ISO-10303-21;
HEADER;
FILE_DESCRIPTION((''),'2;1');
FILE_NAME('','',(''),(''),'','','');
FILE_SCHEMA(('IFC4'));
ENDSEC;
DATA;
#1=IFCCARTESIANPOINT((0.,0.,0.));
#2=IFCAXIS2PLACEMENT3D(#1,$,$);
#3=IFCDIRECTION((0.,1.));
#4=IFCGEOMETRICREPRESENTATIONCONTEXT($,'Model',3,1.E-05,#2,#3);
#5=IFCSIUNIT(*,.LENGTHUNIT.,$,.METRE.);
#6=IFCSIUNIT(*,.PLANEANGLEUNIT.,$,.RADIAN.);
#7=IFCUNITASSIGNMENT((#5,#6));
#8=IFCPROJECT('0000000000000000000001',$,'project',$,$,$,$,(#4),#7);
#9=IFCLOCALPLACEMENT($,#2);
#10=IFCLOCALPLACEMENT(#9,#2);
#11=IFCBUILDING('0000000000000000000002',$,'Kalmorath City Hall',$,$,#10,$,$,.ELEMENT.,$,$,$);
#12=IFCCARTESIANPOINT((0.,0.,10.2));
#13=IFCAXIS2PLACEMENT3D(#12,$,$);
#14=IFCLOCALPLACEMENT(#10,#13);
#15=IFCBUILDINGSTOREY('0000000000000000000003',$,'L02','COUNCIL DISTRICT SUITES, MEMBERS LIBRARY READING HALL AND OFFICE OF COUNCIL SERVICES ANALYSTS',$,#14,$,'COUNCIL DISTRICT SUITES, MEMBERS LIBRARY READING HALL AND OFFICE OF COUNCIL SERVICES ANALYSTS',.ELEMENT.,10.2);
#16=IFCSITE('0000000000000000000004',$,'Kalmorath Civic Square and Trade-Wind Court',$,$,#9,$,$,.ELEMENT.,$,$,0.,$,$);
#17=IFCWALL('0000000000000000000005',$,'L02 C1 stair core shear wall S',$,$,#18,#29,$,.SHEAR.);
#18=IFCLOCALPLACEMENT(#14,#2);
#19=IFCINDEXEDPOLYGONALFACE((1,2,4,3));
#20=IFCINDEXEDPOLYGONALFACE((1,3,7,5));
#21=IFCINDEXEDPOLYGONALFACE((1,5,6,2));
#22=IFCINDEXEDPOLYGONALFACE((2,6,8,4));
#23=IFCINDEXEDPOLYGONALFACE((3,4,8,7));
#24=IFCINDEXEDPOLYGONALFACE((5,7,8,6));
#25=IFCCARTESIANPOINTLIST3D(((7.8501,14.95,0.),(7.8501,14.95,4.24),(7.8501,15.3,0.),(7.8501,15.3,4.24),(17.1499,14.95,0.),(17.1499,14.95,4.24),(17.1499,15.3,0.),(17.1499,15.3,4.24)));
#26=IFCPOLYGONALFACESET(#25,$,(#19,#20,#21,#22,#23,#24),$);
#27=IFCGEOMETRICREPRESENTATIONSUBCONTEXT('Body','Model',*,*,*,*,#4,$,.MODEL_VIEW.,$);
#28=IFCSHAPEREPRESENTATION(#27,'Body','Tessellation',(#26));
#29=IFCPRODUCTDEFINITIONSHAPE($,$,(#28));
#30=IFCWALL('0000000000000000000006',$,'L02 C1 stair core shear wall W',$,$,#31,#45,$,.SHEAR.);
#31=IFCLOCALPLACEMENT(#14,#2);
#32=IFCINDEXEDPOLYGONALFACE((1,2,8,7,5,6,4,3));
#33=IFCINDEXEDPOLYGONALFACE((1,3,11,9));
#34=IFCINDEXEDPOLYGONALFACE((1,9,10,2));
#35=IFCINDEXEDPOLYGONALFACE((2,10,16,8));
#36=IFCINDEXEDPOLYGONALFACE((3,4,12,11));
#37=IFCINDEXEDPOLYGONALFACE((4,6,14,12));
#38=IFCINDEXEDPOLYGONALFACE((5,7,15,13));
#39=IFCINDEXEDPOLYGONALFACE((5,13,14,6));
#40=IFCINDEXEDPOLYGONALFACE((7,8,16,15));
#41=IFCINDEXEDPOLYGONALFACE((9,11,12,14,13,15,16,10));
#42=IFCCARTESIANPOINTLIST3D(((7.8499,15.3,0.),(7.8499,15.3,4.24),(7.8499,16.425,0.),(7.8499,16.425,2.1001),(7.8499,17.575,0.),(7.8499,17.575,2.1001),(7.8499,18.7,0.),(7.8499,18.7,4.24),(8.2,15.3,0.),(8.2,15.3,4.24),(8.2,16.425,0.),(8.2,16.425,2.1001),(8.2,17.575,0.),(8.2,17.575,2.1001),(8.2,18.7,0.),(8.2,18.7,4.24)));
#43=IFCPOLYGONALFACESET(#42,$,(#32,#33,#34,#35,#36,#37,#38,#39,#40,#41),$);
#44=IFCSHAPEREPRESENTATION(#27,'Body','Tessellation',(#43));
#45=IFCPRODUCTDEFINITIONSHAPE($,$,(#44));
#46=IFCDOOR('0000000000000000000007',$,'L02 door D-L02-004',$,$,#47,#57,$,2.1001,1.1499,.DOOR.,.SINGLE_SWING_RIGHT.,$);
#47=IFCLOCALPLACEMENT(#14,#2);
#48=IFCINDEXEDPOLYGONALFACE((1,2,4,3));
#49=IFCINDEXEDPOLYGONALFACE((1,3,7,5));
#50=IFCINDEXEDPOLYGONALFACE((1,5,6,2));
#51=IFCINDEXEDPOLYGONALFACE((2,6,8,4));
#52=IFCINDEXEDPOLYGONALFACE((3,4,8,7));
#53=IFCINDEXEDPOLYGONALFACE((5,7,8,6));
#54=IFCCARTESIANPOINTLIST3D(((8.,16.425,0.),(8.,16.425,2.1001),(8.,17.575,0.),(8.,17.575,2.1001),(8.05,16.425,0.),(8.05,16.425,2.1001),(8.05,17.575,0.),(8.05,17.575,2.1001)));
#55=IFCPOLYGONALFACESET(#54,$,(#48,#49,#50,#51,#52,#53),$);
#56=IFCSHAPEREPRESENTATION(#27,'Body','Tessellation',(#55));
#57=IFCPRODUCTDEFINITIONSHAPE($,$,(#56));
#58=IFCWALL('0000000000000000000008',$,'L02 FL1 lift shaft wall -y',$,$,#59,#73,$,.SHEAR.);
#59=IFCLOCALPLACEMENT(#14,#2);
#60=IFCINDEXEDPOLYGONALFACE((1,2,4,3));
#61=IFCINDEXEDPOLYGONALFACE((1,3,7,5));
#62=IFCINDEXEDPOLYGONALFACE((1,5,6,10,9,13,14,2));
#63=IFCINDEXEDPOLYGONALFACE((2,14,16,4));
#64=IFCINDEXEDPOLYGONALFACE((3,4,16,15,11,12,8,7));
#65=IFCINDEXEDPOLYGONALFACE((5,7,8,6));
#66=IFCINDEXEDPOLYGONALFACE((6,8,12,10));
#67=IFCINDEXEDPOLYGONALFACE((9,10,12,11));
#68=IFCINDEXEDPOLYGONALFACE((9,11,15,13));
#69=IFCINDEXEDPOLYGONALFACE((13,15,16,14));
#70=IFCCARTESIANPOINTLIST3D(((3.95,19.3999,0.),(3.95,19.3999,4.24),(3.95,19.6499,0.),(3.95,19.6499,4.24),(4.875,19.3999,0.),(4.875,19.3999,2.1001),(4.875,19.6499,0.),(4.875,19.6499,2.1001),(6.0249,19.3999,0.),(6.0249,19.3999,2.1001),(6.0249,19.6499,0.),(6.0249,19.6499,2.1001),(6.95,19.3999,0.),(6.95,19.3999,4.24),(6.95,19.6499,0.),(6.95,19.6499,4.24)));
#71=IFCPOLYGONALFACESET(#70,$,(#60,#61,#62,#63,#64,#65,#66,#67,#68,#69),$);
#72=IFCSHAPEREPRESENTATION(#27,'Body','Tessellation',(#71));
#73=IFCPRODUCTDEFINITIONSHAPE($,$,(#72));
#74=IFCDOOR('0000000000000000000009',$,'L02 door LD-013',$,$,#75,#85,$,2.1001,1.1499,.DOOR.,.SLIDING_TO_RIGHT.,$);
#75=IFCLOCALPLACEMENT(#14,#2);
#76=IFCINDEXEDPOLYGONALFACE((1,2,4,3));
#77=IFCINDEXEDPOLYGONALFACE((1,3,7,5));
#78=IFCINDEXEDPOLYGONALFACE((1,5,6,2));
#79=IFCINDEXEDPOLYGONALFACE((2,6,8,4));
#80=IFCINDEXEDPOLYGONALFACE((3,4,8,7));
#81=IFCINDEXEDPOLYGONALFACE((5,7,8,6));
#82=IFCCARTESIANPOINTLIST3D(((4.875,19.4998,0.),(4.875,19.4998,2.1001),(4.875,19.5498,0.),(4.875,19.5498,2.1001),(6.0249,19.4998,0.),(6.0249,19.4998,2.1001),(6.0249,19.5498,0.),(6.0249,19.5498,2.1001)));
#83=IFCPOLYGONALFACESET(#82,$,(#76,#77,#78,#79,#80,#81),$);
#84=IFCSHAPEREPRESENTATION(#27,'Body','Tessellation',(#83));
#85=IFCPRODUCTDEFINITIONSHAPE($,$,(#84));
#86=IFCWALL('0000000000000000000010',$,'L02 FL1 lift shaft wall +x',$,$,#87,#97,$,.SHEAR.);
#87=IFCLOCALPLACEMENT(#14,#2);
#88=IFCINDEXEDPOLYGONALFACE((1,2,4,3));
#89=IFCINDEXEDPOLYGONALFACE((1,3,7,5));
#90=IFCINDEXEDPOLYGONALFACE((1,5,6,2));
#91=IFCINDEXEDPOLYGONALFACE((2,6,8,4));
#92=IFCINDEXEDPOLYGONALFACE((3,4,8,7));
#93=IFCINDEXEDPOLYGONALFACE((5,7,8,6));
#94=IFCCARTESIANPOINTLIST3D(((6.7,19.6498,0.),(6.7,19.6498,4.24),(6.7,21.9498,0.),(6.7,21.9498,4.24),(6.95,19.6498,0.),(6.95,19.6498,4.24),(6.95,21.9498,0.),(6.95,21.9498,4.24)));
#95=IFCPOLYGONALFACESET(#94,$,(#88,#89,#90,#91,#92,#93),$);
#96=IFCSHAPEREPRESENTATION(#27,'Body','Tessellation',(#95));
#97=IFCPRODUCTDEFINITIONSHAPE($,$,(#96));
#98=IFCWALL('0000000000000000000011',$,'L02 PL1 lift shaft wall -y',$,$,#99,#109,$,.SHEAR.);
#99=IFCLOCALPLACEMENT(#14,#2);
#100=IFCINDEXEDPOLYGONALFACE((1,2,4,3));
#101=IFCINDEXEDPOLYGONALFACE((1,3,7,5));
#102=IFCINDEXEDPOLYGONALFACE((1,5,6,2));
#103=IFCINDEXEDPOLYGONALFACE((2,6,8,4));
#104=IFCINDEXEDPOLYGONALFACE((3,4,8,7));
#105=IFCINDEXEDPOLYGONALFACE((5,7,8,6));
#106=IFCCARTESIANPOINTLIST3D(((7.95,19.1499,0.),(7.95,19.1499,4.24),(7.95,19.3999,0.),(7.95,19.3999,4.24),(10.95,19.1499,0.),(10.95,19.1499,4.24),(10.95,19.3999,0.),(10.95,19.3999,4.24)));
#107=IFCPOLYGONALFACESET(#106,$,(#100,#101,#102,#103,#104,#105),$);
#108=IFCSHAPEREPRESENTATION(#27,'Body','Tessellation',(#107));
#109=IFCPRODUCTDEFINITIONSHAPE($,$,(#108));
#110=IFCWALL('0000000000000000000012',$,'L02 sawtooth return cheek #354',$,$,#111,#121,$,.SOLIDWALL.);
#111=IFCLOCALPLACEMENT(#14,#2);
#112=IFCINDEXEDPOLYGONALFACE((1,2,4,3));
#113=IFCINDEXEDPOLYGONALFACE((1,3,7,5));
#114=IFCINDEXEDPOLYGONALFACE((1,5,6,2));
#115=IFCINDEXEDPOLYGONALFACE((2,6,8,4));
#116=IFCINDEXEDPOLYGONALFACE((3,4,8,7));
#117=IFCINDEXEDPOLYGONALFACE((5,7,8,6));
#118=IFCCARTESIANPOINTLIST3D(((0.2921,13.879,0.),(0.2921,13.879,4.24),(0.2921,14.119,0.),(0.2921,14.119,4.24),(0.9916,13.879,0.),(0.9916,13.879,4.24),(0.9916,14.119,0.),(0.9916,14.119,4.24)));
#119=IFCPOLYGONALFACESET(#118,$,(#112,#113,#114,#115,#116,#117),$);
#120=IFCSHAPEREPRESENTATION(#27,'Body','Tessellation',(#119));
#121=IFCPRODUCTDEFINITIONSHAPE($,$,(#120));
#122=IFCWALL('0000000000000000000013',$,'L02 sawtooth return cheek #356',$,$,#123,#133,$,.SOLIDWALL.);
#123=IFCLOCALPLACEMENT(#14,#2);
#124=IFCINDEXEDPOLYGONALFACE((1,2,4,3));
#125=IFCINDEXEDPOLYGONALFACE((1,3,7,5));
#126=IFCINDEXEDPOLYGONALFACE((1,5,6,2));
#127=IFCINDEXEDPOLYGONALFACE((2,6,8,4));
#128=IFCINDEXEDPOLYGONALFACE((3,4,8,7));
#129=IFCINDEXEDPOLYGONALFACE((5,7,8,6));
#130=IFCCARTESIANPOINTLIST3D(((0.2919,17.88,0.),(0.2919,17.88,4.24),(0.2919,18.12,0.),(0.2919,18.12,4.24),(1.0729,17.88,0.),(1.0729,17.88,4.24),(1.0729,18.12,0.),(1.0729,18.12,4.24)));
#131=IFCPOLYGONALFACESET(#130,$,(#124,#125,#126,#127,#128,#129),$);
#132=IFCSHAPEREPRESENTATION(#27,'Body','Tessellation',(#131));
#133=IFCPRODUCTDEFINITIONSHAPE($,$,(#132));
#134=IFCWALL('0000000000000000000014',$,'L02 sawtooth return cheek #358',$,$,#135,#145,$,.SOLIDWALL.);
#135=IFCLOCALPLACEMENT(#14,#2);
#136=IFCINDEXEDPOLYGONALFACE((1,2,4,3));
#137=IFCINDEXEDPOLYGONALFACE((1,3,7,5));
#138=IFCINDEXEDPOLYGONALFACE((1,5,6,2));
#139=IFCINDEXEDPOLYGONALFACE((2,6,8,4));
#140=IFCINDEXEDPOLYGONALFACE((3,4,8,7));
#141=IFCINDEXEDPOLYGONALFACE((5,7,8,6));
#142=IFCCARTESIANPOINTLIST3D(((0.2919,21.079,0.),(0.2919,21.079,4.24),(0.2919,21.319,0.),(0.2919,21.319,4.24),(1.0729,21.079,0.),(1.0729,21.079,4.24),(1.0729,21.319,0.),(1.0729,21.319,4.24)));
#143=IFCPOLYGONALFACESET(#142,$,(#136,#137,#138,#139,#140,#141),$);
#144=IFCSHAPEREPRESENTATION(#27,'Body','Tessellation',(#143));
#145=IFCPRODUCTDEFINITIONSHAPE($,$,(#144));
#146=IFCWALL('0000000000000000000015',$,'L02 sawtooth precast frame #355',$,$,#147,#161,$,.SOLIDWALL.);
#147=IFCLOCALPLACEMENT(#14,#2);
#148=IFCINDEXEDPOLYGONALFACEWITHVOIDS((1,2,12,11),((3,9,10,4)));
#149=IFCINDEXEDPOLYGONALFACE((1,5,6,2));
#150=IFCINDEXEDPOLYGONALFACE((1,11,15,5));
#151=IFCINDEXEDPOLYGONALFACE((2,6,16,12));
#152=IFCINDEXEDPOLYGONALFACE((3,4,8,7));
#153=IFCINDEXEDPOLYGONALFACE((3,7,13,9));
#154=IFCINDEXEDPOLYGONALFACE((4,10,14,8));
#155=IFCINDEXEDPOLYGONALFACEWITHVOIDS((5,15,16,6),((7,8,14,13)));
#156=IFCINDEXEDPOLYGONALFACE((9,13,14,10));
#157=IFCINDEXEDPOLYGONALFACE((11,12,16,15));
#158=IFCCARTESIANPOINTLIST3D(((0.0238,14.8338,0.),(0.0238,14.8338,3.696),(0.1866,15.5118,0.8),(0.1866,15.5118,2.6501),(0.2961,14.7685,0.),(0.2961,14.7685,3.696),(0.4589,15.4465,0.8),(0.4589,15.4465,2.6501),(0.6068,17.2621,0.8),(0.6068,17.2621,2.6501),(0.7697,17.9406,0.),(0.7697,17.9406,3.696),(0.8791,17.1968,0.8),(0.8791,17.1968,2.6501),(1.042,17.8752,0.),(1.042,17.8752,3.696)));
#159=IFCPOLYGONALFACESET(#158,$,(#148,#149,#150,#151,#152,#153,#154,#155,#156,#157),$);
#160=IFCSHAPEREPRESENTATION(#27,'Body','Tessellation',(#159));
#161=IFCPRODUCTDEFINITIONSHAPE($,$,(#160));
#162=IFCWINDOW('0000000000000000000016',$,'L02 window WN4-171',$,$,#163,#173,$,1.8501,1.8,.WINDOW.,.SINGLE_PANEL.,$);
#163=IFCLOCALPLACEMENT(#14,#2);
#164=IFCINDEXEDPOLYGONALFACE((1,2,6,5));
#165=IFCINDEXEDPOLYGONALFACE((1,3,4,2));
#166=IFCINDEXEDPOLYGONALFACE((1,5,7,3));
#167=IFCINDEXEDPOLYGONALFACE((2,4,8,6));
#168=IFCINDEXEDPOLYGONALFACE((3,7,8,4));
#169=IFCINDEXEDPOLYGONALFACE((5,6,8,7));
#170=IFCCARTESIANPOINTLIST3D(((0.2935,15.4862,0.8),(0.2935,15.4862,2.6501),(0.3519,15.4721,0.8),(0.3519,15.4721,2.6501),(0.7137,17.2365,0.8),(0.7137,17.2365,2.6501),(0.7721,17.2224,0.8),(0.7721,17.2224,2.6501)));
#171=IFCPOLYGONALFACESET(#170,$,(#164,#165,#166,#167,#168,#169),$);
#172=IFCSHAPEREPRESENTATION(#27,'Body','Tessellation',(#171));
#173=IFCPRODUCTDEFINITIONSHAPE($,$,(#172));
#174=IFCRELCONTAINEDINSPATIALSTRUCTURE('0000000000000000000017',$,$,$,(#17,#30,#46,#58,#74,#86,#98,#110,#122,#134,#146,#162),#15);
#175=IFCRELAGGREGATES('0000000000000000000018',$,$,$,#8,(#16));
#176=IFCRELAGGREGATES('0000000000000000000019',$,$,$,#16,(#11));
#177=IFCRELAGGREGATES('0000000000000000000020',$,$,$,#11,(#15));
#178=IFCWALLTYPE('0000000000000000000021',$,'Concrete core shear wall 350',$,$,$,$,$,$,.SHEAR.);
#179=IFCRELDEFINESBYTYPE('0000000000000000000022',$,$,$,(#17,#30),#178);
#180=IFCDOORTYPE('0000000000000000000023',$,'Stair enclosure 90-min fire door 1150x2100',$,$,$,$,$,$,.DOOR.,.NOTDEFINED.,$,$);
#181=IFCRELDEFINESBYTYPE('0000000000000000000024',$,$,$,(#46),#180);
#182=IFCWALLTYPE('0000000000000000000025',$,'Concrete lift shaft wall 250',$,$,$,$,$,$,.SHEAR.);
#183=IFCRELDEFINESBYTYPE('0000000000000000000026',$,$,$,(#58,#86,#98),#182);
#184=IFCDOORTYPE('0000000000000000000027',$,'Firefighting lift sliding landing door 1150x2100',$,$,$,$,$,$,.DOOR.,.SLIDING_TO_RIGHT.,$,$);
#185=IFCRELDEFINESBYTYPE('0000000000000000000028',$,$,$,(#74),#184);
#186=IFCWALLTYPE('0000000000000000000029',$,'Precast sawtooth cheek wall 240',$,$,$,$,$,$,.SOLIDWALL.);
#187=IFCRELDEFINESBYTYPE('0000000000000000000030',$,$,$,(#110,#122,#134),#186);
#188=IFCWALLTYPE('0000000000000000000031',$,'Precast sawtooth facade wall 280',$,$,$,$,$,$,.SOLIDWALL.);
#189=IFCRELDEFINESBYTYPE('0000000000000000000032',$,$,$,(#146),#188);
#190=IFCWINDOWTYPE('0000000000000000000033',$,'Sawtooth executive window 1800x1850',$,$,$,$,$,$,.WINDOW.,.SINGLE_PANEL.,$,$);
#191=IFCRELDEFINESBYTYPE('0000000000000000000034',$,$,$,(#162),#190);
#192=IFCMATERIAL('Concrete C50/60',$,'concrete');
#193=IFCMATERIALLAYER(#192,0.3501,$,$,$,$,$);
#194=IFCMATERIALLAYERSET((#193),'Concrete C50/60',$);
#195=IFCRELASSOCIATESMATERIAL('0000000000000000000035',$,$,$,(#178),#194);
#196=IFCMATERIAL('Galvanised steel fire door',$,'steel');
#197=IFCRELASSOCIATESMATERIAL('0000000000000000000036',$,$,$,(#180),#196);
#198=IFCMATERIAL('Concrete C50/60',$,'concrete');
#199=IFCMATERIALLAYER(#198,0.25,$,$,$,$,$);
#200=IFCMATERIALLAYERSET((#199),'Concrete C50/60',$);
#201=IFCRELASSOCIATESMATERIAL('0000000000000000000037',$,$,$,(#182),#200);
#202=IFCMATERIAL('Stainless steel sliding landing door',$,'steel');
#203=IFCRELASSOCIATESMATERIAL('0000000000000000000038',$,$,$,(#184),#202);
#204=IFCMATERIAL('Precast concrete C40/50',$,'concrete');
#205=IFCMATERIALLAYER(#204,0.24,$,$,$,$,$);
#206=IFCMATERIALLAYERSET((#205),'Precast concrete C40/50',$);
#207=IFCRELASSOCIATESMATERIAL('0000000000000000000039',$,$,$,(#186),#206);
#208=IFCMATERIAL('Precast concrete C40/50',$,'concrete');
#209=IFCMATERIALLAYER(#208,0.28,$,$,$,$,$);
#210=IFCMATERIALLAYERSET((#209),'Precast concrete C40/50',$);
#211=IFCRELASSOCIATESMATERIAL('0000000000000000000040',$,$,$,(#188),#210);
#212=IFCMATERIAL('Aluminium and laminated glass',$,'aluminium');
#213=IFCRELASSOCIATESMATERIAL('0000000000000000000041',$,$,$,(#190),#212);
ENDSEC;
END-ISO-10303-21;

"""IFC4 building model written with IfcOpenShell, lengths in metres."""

from ifc_helpers import new_model, si_unit, direction, frame, frame_2d, origin, place, context, subcontext, project, spatial, rectangle, extrude, material, layer, layer_set, type_object, element, fill, save


model = new_model("IFC4")

# Units and contexts
model_context = context("Model", 3, precision=1e-05, world=origin(), true_north=direction((0.0, 1.0)))
body_context = subcontext(model_context, "Body", "Model", "MODEL_VIEW")
ifc_project = project(units=[si_unit("LENGTHUNIT", "METRE"), si_unit("PLANEANGLEUNIT", "RADIAN")], contexts=[model_context])

# Site, building, storey
site_placement = place(None, origin())
site = spatial("IfcSite", under=ifc_project, at=site_placement, Name="Kalmorath Civic Square and Trade-Wind Court", CompositionType="ELEMENT", RefElevation=0.0)
building_placement = place(site_placement, origin())
building = spatial("IfcBuilding", under=site, at=building_placement, Name="Kalmorath City Hall", CompositionType="ELEMENT")
storey_placement = place(building_placement, frame((0.0, 0.0, 10.2)))
storey = spatial("IfcBuildingStorey", under=building, at=storey_placement, Name="L02", Description="COUNCIL DISTRICT SUITES, MEMBERS LIBRARY READING HALL AND OFFICE OF COUNCIL SERVICES ANALYSTS", LongName="COUNCIL DISTRICT SUITES, MEMBERS LIBRARY READING HALL AND OFFICE OF COUNCIL SERVICES ANALYSTS", CompositionType="ELEMENT", Elevation=10.2)

# Wall
ifc_material_1 = material(Name="Concrete C50/60", Category="concrete")
ifc_layer_1 = layer(ifc_material_1, 0.3501)
ifc_layer_set_1 = layer_set([ifc_layer_1], Name="Concrete C50/60")
wall_type_1 = type_object("IfcWallType", Name="Concrete core shear wall 350", PredefinedType="SHEAR", material=ifc_layer_set_1)
wall_1_placement = place(storey_placement, frame((7.8501, 15.125, 0.0), z_axis=(0.0, 0.0, 1.0), x_axis=(1.0, 0.0, 0.0)))
element("IfcWall", 1, at=wall_1_placement, inside=storey, type_object=wall_type_1, Name="L02 C1 stair core shear wall S", PredefinedType="SHEAR", context=body_context, shape_type="SweptSolid", body=[
    extrude(rectangle(XDim=9.2998, YDim=0.3501, at=frame_2d((4.6499, 0.0))), origin(), (0.0, 0.0, 1.0), 4.24),
])

# Walls, openings, doors
wall_2_placement = place(storey_placement, frame((8.0249, 18.7, 0.0), z_axis=(0.0, 0.0, 1.0), x_axis=(0.0, -1.0, 0.0)))
wall_2 = element("IfcWall", 2, at=wall_2_placement, inside=storey, type_object=wall_type_1, Name="L02 C1 stair core shear wall W", PredefinedType="SHEAR", context=body_context, shape_type="SweptSolid", body=[
    extrude(rectangle(XDim=3.3999, YDim=0.3501, at=frame_2d((1.7, 0.0))), origin(), (0.0, 0.0, 1.0), 4.24),
])
opening_1_placement = place(wall_2_placement, frame((1.125, 0.0, 0.0)))
opening_1 = element("IfcOpeningElement", 3, at=opening_1_placement, cuts=wall_2, PredefinedType="OPENING", context=body_context, shape_type="SweptSolid", body=[
    extrude(rectangle(XDim=1.1499, YDim=2.1001, at=frame_2d((0.575, 1.05))), frame((0.0, 0.1851, 0.0), z_axis=(0.0, -1.0, 0.0), x_axis=(1.0, 0.0, 0.0)), (0.0, 0.0, 1.0), 0.3701),
])
ifc_material_2 = material(Name="Galvanised steel fire door", Category="steel")
door_type_1 = type_object("IfcDoorType", Name="Stair enclosure 90-min fire door 1150x2100", OperationType="NOTDEFINED", PredefinedType="DOOR", material=ifc_material_2)
door_1_placement = place(opening_1_placement, frame((1.1499, 0.0, 0.0), z_axis=(0.0, 0.0, 1.0), x_axis=(-1.0, 0.0, 0.0)))
door_1 = element("IfcDoor", 4, at=door_1_placement, inside=storey, type_object=door_type_1, Name="L02 door D-L02-004", OperationType="SINGLE_SWING_RIGHT", OverallHeight=2.1001, OverallWidth=1.1499, PredefinedType="DOOR", context=body_context, shape_type="SweptSolid", body=[
    extrude(rectangle(XDim=1.1499, YDim=2.1001, at=frame_2d((0.575, 1.05))), frame((0.0, 0.0249, 0.0), z_axis=(0.0, -1.0, 0.0), x_axis=(1.0, 0.0, 0.0)), (0.0, 0.0, 1.0), 0.05),
])
fill(opening_1, door_1)
ifc_material_3 = material(Name="Concrete C50/60", Category="concrete")
ifc_layer_2 = layer(ifc_material_3, 0.25)
ifc_layer_set_2 = layer_set([ifc_layer_2], Name="Concrete C50/60")
wall_type_2 = type_object("IfcWallType", Name="Concrete lift shaft wall 250", PredefinedType="SHEAR", material=ifc_layer_set_2)
wall_3_placement = place(storey_placement, frame((3.95, 19.5249, 0.0), z_axis=(0.0, 0.0, 1.0), x_axis=(1.0, 0.0, 0.0)))
wall_3 = element("IfcWall", 5, at=wall_3_placement, inside=storey, type_object=wall_type_2, Name="L02 FL1 lift shaft wall -y", PredefinedType="SHEAR", context=body_context, shape_type="SweptSolid", body=[
    extrude(rectangle(XDim=3.0, YDim=0.25, at=frame_2d((1.5, 0.0))), origin(), (0.0, 0.0, 1.0), 4.24),
])
opening_2_placement = place(wall_3_placement, frame((0.925, 0.0, 0.0)))
opening_2 = element("IfcOpeningElement", 6, at=opening_2_placement, cuts=wall_3, PredefinedType="OPENING", context=body_context, shape_type="SweptSolid", body=[
    extrude(rectangle(XDim=1.1499, YDim=2.1001, at=frame_2d((0.575, 1.05))), frame((0.0, 0.135, 0.0), z_axis=(0.0, -1.0, 0.0), x_axis=(1.0, 0.0, 0.0)), (0.0, 0.0, 1.0), 0.27),
])
ifc_material_4 = material(Name="Stainless steel sliding landing door", Category="steel")
door_type_2 = type_object("IfcDoorType", Name="Firefighting lift sliding landing door 1150x2100", OperationType="SLIDING_TO_RIGHT", PredefinedType="DOOR", material=ifc_material_4)
door_2_placement = place(opening_2_placement, origin())
door_2 = element("IfcDoor", 7, at=door_2_placement, inside=storey, type_object=door_type_2, Name="L02 door LD-013", OperationType="SLIDING_TO_RIGHT", OverallHeight=2.1001, OverallWidth=1.1499, PredefinedType="DOOR", context=body_context, shape_type="SweptSolid", body=[
    extrude(rectangle(XDim=1.1499, YDim=2.1001, at=frame_2d((0.575, 1.05))), frame((0.0, 0.0249, 0.0), z_axis=(0.0, -1.0, 0.0), x_axis=(1.0, 0.0, 0.0)), (0.0, 0.0, 1.0), 0.05),
])
fill(opening_2, door_2)

# Walls
wall_4_placement = place(storey_placement, frame((6.825, 19.6499, 0.0), z_axis=(0.0, 0.0, 1.0), x_axis=(0.0, 1.0, 0.0)))
element("IfcWall", 8, at=wall_4_placement, inside=storey, type_object=wall_type_2, Name="L02 FL1 lift shaft wall +x", PredefinedType="SHEAR", context=body_context, shape_type="SweptSolid", body=[
    extrude(rectangle(XDim=2.3, YDim=0.25, at=frame_2d((1.1499, 0.0))), origin(), (0.0, 0.0, 1.0), 4.24),
])
wall_5_placement = place(storey_placement, frame((7.95, 19.2749, 0.0), z_axis=(0.0, 0.0, 1.0), x_axis=(1.0, 0.0, 0.0)))
element("IfcWall", 9, at=wall_5_placement, inside=storey, type_object=wall_type_2, Name="L02 PL1 lift shaft wall -y", PredefinedType="SHEAR", context=body_context, shape_type="SweptSolid", body=[
    extrude(rectangle(XDim=3.0, YDim=0.25, at=frame_2d((1.5, 0.0))), origin(), (0.0, 0.0, 1.0), 4.24),
])
ifc_material_5 = material(Name="Precast concrete C40/50", Category="concrete")
ifc_layer_3 = layer(ifc_material_5, 0.24)
ifc_layer_set_3 = layer_set([ifc_layer_3], Name="Precast concrete C40/50")
wall_type_3 = type_object("IfcWallType", Name="Precast sawtooth cheek wall 240", PredefinedType="SOLIDWALL", material=ifc_layer_set_3)
wall_6_placement = place(storey_placement, frame((0.9915, 13.999, 0.0), z_axis=(0.0, 0.0, 1.0), x_axis=(-1.0, 0.0, 0.0)))
element("IfcWall", 10, at=wall_6_placement, inside=storey, type_object=wall_type_3, Name="L02 sawtooth return cheek #354", PredefinedType="SOLIDWALL", context=body_context, shape_type="SweptSolid", body=[
    extrude(rectangle(XDim=0.6995, YDim=0.24, at=frame_2d((0.3496, 0.0))), origin(), (0.0, 0.0, 1.0), 4.24),
])
for number, where, z_axis, x_axis, name in (
    (11, (1.073, 18.0, 0.0), (0.0, 0.0, 1.0), (-1.0, 0.0, 0.0), "L02 sawtooth return cheek #356"),
    (12, (1.073, 21.199, 0.0), (0.0, 0.0, 1.0), (-1.0, 0.0, 0.0), "L02 sawtooth return cheek #358"),
):
    element("IfcWall", number, at=place(storey_placement, frame(where, z_axis=z_axis, x_axis=x_axis)), inside=storey, type_object=wall_type_3, Name=name, PredefinedType="SOLIDWALL", context=body_context, shape_type="SweptSolid", body=[
        extrude(rectangle(XDim=0.781, YDim=0.24, at=frame_2d((0.3906, 0.0))), origin(), (0.0, 0.0, 1.0), 4.24),
    ])

# Wall, opening, window
ifc_material_6 = material(Name="Precast concrete C40/50", Category="concrete")
ifc_layer_4 = layer(ifc_material_6, 0.28)
ifc_layer_set_4 = layer_set([ifc_layer_4], Name="Precast concrete C40/50")
wall_type_4 = type_object("IfcWallType", Name="Precast sawtooth facade wall 280", PredefinedType="SOLIDWALL", material=ifc_layer_set_4)
wall_7_placement = place(storey_placement, frame((0.1599, 14.801, 0.0), z_axis=(0.0, 0.0, 1.0), x_axis=(0.233445, 0.97237, 0.0)))
wall_7 = element("IfcWall", 13, at=wall_7_placement, inside=storey, type_object=wall_type_4, Name="L02 sawtooth precast frame #355", PredefinedType="SOLIDWALL", context=body_context, shape_type="SweptSolid", body=[
    extrude(rectangle(XDim=3.1951, YDim=0.28, at=frame_2d((1.5977, 0.0))), origin(), (0.0, 0.0, 1.0), 3.696),
])
opening_3_placement = place(wall_7_placement, frame((0.6975, 0.0, 0.8)))
opening_3 = element("IfcOpeningElement", 14, at=opening_3_placement, cuts=wall_7, PredefinedType="OPENING", context=body_context, shape_type="SweptSolid", body=[
    extrude(rectangle(XDim=1.8, YDim=1.8501, at=frame_2d((0.8999, 0.925))), frame((0.0, 0.1499, 0.0), z_axis=(0.0, -1.0, 0.0), x_axis=(1.0, 0.0, 0.0)), (0.0, 0.0, 1.0), 0.3),
])
ifc_material_7 = material(Name="Aluminium and laminated glass", Category="aluminium")
window_type = type_object("IfcWindowType", Name="Sawtooth executive window 1800x1850", PartitioningType="SINGLE_PANEL", PredefinedType="WINDOW", material=ifc_material_7)
window_1_placement = place(opening_3_placement, origin())
window_1 = element("IfcWindow", 15, at=window_1_placement, inside=storey, type_object=window_type, Name="L02 window WN4-171", OverallHeight=1.8501, OverallWidth=1.8, PartitioningType="SINGLE_PANEL", PredefinedType="WINDOW", context=body_context, shape_type="SweptSolid", body=[
    extrude(rectangle(XDim=1.8, YDim=1.8501, at=frame_2d((0.8999, 0.925))), frame((0.0, 0.03, 0.0), z_axis=(0.0, -1.0, 0.0), x_axis=(1.0, 0.0, 0.0)), (0.0, 0.0, 1.0), 0.0601),
])
fill(opening_3, window_1)

save(model, "model.ifc")
